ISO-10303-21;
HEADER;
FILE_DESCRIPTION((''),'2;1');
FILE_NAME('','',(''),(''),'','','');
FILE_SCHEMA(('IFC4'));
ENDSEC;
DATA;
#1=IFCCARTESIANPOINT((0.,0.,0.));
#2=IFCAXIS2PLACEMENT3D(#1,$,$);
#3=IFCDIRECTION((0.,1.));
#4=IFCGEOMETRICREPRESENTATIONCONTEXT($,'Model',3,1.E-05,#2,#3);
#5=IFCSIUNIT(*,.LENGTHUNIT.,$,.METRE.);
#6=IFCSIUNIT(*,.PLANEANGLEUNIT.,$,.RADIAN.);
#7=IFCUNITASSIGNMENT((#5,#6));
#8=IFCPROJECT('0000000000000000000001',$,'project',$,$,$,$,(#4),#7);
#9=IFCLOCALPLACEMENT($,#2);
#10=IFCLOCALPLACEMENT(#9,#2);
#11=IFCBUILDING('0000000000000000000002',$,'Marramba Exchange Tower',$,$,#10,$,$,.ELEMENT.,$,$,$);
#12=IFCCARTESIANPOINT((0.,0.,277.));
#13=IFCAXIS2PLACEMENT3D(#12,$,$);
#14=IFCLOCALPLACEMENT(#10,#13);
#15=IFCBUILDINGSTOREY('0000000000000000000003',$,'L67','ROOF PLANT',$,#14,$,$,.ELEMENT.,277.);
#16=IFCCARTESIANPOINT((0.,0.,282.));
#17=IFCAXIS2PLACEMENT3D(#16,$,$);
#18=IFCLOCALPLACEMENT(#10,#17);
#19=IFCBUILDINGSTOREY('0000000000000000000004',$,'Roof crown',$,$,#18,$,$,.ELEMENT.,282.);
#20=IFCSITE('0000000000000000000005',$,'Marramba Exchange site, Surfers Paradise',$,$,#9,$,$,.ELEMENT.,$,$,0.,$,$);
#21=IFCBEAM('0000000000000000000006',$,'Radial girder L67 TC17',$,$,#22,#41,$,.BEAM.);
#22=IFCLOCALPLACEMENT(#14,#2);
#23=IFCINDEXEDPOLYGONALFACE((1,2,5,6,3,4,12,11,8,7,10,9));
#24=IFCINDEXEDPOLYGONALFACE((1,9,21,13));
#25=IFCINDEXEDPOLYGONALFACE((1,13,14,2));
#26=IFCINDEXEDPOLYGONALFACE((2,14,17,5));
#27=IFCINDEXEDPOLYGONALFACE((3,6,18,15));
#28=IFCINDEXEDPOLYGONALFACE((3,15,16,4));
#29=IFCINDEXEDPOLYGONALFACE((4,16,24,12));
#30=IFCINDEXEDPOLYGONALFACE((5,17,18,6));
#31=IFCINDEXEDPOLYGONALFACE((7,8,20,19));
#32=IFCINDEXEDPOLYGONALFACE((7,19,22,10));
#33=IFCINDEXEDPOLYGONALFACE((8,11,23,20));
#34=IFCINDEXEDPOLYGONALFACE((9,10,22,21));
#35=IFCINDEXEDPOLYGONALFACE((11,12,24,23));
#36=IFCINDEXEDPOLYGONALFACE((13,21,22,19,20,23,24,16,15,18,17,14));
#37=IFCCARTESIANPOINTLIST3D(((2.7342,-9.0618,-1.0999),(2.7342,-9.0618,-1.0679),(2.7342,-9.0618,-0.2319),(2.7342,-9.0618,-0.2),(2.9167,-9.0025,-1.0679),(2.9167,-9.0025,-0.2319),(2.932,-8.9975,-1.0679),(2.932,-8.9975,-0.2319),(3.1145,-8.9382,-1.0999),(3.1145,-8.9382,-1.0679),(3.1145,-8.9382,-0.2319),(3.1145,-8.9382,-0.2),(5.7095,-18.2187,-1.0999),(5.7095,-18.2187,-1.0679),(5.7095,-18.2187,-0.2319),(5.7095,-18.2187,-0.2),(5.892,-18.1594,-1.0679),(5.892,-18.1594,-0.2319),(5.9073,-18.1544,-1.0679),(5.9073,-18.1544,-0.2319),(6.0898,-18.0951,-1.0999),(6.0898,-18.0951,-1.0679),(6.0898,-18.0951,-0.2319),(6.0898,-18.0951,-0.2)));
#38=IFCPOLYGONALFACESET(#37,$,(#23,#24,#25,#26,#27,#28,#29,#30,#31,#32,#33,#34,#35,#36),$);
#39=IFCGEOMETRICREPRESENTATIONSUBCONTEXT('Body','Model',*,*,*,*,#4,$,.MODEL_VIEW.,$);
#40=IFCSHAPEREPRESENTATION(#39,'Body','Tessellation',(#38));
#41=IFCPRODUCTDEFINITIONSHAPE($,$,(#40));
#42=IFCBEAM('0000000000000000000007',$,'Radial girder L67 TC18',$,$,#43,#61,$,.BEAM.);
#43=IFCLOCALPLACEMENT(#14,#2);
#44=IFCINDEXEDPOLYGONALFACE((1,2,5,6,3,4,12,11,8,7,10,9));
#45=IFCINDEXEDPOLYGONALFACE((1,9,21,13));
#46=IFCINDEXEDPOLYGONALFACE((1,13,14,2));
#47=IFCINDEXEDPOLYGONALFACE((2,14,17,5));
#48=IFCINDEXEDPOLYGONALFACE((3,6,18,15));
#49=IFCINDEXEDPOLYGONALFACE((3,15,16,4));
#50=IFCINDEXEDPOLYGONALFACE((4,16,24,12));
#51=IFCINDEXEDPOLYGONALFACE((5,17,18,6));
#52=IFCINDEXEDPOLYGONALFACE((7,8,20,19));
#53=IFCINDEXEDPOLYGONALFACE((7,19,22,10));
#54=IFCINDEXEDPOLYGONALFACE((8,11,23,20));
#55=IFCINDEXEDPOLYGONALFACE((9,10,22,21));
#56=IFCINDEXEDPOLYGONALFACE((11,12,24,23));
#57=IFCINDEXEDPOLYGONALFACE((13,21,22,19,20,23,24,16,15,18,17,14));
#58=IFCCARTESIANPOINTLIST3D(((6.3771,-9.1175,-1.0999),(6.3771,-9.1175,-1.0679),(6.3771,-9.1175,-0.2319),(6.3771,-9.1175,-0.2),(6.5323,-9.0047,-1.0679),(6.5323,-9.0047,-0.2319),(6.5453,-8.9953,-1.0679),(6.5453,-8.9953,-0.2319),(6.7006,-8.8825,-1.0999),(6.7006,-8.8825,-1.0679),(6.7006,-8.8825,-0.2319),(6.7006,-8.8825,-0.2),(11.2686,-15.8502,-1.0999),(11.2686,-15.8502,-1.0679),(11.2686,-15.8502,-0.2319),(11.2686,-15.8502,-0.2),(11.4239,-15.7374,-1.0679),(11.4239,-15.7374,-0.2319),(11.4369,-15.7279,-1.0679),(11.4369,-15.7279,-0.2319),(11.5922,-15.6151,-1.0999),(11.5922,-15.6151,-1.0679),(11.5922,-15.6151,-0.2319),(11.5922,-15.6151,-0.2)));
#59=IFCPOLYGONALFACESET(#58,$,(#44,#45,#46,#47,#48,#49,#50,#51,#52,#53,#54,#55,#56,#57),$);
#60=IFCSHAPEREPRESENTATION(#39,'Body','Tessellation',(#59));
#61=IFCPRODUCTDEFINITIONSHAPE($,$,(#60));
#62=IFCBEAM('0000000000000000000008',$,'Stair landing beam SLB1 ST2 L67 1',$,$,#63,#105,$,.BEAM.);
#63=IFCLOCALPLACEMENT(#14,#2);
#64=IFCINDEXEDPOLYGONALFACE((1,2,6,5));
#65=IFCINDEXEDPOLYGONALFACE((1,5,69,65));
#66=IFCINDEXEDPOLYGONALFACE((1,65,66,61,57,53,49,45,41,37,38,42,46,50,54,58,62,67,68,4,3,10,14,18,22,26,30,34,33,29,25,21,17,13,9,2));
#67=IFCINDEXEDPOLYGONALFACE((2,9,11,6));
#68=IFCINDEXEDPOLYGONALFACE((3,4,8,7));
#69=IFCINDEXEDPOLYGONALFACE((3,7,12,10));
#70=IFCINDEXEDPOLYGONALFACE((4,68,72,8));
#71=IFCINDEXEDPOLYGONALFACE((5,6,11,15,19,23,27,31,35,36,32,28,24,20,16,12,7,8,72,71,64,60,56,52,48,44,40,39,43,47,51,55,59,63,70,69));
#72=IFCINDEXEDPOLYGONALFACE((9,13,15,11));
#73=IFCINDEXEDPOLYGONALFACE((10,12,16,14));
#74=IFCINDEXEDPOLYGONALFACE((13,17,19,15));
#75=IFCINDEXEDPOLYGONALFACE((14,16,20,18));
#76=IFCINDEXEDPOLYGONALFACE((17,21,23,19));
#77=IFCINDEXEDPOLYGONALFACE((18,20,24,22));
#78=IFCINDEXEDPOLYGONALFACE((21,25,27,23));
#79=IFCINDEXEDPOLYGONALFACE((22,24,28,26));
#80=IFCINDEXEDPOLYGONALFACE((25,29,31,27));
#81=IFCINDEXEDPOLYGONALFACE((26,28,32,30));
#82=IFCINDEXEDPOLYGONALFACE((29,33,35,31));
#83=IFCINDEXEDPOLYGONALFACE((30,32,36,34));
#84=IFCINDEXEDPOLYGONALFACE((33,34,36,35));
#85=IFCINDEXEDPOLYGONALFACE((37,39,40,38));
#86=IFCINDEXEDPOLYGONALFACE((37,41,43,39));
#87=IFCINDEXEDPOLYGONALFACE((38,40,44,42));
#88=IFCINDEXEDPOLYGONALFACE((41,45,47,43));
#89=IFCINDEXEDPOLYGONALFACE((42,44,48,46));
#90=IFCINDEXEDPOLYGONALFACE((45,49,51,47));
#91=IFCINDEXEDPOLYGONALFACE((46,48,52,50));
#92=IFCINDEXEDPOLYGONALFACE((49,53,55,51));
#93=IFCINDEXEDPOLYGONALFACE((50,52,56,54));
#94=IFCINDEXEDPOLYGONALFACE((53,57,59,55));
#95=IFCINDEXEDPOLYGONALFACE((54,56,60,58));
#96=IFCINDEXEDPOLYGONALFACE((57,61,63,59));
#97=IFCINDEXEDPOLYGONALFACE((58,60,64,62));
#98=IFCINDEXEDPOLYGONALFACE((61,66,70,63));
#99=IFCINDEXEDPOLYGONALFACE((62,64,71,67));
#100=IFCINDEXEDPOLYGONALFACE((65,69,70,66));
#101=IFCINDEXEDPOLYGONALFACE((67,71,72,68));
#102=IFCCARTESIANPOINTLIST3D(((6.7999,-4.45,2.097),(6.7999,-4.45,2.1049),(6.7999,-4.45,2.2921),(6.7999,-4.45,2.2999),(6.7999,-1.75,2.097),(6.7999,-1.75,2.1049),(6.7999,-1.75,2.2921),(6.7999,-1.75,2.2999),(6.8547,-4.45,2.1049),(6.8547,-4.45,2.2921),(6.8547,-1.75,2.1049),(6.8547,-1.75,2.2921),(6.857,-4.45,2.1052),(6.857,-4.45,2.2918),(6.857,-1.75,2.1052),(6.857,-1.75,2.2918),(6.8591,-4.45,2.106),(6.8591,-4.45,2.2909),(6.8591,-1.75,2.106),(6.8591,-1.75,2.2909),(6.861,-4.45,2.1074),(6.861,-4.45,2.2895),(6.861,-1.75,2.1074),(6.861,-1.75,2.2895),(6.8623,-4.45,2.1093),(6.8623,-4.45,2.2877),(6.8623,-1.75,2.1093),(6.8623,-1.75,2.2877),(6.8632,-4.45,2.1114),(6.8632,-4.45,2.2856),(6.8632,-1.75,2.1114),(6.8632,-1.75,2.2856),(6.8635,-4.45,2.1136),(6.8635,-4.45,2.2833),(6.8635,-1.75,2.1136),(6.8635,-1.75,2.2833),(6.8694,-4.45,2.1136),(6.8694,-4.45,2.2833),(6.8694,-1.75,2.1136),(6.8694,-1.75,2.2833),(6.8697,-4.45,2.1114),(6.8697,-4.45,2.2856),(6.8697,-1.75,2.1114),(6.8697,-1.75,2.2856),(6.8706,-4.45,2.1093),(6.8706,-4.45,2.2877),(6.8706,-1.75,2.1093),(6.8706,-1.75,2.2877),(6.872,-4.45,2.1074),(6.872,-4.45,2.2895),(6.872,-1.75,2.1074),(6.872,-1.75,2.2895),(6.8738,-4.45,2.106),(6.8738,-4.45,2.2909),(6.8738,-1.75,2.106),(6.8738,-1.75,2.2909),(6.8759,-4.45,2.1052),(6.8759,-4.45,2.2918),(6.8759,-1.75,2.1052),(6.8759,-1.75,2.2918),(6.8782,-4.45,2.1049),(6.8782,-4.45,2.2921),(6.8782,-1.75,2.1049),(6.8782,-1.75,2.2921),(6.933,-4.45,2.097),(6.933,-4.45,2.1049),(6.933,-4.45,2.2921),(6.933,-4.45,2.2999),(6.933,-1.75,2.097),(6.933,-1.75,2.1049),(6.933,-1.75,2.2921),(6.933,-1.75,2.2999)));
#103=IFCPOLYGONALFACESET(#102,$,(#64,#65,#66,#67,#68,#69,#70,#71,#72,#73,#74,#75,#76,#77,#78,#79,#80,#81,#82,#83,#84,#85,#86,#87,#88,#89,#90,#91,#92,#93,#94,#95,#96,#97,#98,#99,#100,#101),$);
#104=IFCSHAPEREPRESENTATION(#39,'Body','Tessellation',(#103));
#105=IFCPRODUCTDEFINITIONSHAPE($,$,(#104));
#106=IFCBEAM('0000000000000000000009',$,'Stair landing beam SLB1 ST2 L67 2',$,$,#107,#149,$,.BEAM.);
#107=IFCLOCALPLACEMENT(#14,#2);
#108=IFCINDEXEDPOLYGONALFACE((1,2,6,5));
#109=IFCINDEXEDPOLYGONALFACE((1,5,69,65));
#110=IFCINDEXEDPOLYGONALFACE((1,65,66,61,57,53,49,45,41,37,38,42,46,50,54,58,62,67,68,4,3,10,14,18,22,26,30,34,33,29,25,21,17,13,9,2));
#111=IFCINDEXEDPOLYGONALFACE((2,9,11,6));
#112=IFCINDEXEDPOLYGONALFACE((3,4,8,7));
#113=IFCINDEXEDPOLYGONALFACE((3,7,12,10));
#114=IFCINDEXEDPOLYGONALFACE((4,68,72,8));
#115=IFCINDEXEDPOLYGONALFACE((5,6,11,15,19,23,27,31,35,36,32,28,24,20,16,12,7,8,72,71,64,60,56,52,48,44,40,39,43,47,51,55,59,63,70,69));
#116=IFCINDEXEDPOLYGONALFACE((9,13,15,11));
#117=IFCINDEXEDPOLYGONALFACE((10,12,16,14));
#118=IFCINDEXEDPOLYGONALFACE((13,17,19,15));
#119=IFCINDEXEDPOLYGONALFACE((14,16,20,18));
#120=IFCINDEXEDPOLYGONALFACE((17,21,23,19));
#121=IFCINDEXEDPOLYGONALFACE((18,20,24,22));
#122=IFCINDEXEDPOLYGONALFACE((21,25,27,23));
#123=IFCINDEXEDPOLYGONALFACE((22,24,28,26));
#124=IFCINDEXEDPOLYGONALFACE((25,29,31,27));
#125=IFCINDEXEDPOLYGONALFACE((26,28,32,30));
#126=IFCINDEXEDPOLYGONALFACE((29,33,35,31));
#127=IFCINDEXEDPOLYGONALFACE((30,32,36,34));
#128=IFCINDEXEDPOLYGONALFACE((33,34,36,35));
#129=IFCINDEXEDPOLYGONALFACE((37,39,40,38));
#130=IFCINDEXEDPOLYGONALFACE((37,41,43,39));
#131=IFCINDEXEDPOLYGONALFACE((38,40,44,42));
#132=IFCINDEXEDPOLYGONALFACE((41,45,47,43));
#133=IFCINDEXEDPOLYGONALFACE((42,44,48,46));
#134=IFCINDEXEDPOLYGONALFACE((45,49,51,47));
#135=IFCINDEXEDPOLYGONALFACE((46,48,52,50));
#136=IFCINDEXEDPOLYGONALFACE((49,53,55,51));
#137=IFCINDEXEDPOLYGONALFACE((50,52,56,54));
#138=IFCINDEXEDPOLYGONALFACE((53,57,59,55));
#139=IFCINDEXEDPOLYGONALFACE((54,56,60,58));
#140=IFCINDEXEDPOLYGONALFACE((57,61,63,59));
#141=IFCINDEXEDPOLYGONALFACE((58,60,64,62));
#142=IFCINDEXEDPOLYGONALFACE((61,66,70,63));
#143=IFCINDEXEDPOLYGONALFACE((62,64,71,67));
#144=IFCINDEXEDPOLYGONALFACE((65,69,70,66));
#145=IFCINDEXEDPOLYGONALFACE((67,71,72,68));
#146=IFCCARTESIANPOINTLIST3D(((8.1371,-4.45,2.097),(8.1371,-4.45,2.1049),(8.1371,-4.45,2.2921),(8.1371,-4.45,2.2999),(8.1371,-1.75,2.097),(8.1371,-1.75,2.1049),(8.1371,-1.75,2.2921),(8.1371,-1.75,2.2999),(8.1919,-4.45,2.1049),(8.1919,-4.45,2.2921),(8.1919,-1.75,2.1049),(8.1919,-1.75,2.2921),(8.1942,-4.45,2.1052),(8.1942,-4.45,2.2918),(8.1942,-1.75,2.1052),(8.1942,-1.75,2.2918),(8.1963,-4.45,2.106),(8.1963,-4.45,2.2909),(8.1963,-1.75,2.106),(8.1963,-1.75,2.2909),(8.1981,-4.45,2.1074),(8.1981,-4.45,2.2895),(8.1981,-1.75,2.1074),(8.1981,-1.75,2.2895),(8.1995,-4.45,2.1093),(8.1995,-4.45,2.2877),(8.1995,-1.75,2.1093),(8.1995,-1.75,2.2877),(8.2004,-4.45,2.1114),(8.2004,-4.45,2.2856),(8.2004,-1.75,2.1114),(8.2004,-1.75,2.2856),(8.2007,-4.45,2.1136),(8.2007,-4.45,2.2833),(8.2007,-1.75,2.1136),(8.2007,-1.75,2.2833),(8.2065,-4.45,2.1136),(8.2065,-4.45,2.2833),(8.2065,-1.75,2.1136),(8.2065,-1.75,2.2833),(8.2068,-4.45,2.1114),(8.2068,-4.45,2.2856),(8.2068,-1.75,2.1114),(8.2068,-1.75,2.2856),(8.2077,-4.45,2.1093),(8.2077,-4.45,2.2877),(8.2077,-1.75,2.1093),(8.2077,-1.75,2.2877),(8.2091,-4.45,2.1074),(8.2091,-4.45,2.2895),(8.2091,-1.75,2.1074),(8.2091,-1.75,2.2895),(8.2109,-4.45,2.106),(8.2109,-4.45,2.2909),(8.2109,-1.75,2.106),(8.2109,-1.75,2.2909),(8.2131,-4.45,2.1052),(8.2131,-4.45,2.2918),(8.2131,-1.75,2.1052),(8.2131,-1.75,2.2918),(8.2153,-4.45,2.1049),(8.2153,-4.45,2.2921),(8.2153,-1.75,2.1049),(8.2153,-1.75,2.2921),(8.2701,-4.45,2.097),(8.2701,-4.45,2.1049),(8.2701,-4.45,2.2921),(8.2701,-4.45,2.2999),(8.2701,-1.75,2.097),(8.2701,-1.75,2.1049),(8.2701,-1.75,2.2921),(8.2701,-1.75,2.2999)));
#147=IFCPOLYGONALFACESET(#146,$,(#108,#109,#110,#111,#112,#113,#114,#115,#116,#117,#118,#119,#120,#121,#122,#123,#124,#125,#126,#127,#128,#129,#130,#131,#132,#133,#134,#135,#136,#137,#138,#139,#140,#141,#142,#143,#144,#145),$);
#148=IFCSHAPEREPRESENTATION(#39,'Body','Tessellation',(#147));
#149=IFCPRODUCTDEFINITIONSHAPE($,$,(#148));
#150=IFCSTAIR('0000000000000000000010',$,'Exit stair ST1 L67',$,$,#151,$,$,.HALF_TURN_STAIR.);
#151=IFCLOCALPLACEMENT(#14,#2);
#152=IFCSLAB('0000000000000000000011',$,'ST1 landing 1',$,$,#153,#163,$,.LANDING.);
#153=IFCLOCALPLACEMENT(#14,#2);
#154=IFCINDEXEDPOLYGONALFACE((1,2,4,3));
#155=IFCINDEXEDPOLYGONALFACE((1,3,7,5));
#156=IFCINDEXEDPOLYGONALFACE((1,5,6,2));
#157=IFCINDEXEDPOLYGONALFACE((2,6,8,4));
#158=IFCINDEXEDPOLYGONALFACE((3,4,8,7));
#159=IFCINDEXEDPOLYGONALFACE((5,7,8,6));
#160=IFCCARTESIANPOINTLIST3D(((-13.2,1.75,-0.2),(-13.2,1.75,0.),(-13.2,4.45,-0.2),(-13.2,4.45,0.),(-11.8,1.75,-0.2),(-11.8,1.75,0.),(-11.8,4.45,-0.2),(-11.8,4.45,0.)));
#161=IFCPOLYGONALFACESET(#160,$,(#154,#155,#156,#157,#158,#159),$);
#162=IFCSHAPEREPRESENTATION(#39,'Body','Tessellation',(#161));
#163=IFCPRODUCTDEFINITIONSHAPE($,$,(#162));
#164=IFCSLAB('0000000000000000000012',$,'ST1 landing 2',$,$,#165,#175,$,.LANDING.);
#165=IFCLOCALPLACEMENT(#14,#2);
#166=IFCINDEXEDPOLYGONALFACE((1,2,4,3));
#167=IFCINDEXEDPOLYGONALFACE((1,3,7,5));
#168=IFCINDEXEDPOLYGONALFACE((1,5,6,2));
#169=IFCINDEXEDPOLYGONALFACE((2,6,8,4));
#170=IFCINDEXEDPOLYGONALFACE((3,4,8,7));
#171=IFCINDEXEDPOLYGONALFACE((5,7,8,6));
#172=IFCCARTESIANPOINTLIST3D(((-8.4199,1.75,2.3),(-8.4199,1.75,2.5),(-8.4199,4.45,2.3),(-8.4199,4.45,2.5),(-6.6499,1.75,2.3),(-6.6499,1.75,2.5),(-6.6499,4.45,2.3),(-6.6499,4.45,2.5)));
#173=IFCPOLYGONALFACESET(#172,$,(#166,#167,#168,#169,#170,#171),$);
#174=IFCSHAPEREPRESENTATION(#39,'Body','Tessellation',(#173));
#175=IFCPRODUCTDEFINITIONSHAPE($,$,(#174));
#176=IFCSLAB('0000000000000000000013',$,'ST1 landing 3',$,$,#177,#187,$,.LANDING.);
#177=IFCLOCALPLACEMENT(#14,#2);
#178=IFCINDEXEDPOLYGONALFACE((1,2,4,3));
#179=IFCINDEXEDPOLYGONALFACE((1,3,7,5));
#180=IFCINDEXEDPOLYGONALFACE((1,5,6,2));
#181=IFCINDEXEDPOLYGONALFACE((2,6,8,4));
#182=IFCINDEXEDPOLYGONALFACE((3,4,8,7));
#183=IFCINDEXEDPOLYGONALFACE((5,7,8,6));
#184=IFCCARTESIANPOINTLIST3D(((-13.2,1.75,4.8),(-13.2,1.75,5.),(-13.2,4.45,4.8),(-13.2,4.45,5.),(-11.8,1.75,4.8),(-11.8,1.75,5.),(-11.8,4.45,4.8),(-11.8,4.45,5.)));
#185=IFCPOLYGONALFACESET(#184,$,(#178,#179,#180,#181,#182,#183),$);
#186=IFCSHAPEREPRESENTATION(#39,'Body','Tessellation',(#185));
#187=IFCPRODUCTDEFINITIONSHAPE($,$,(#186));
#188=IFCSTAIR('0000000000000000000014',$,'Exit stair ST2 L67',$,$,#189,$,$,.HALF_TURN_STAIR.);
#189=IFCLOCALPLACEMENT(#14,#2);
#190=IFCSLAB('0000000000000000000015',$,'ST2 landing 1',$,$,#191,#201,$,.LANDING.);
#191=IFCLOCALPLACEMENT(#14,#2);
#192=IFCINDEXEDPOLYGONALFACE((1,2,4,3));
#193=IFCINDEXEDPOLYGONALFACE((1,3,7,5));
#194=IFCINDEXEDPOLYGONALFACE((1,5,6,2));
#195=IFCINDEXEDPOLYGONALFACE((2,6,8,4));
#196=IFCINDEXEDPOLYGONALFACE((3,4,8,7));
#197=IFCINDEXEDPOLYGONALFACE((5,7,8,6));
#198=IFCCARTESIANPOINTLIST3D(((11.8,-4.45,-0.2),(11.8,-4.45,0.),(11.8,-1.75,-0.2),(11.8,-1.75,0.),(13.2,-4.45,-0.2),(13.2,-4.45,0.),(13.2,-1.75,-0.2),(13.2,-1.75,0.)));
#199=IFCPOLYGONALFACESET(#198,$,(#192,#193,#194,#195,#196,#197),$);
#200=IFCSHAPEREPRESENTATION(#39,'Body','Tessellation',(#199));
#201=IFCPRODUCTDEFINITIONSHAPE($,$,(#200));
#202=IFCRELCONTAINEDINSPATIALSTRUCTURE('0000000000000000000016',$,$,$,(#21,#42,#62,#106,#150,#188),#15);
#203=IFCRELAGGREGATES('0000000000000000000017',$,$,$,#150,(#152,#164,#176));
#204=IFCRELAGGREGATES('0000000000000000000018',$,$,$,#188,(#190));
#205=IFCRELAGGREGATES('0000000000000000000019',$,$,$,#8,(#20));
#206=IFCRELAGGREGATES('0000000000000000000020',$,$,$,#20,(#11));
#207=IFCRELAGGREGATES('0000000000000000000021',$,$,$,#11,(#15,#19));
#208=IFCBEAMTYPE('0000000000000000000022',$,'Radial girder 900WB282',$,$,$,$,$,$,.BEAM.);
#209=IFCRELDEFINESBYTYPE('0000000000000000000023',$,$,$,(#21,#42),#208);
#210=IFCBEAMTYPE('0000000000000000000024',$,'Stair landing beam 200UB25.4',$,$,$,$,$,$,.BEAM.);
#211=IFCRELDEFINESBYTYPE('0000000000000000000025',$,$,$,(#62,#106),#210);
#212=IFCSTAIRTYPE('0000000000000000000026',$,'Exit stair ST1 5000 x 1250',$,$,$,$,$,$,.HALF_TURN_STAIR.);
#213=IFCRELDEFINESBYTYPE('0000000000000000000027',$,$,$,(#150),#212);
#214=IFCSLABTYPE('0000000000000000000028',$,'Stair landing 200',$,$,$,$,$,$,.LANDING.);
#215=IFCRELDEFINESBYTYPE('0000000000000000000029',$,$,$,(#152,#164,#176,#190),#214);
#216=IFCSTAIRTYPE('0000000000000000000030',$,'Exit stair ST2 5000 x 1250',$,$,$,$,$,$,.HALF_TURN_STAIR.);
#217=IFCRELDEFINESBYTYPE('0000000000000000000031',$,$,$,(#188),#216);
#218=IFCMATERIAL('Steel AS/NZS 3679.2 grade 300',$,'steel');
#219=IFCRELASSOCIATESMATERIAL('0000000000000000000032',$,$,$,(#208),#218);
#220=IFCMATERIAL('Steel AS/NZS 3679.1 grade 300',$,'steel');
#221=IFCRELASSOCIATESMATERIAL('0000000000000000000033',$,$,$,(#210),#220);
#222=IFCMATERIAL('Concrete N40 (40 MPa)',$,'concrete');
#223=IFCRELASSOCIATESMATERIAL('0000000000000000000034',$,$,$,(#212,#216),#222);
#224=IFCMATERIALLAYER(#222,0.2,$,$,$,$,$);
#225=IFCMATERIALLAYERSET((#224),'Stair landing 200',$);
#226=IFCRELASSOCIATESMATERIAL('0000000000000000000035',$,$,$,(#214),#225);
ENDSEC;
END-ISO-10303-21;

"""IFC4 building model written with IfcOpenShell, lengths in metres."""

from ifc_helpers import new_model, si_unit, direction, frame, origin, origin_2d, place, context, subcontext, project, spatial, polyline, i_section, outline, extrude, material, layer, layer_set, material_profile, profile_set, type_object, element, aggregate, save


model = new_model("IFC4")

# Units and contexts
model_context = context("Model", 3, precision=1e-05, world=origin(), true_north=direction((0.0, 1.0)))
body_context = subcontext(model_context, "Body", "Model", "MODEL_VIEW")
ifc_project = project(units=[si_unit("LENGTHUNIT", "METRE"), si_unit("PLANEANGLEUNIT", "RADIAN")], contexts=[model_context])

# Site, building, storey
site_placement = place(None, origin())
site = spatial("IfcSite", under=ifc_project, at=site_placement, Name="Marramba Exchange site, Surfers Paradise", CompositionType="ELEMENT", RefElevation=0.0)
building_placement = place(site_placement, origin())
building = spatial("IfcBuilding", under=site, at=building_placement, Name="Marramba Exchange Tower", CompositionType="ELEMENT")
storey_1_placement = place(building_placement, frame((0.0, 0.0, 277.0)))
storey_1 = spatial("IfcBuildingStorey", under=building, at=storey_1_placement, Name="L67", Description="ROOF PLANT", CompositionType="ELEMENT", Elevation=277.0)

# Beams
ifc_material_1 = material(Name="Steel AS/NZS 3679.1 grade 300", Category="steel")
ifc_material_2 = material(Name="Steel AS/NZS 3679.2 grade 300", Category="steel")
ifc_material_profile_1 = material_profile(ifc_material_2, i_section(OverallWidth=0.3999, OverallDepth=0.8999, WebThickness=0.0161, FlangeThickness=0.032, at=origin_2d()), Name="900WB282")
ifc_profile_set_1 = profile_set([ifc_material_profile_1], Name="Steel AS/NZS 3679.2 grade 300")
beam_type_1 = type_object("IfcBeamType", Name="Radial girder 900WB282", PredefinedType="BEAM", material=ifc_profile_set_1)
beam_1_placement = place(storey_1_placement, frame((2.9243, -9.0, -0.6499), z_axis=(0.309022, -0.951055, 0.0), x_axis=(0.951055, 0.309022, 0.0)))
element("IfcBeam", 1, at=beam_1_placement, inside=storey_1, type_object=beam_type_1, Name="Radial girder L67 TC17", PredefinedType="BEAM", context=body_context, shape_type="SweptSolid", body=[
    extrude(i_section(OverallWidth=0.3999, OverallDepth=0.8999, WebThickness=0.0161, FlangeThickness=0.032, at=origin_2d()), origin(), (0.0, 0.0, 1.0), 9.6282),
])
beam_2_placement = place(storey_1_placement, frame((6.5388, -9.0, -0.6499), z_axis=(0.587788, -0.809015, 0.0), x_axis=(0.809015, 0.587788, 0.0)))
element("IfcBeam", 2, at=beam_2_placement, inside=storey_1, type_object=beam_type_1, Name="Radial girder L67 TC18", PredefinedType="BEAM", context=body_context, shape_type="SweptSolid", body=[
    extrude(i_section(OverallWidth=0.3999, OverallDepth=0.8999, WebThickness=0.0161, FlangeThickness=0.032, at=origin_2d()), origin(), (0.0, 0.0, 1.0), 8.322),
])
ifc_material_profile_2 = material_profile(ifc_material_1, i_section(OverallWidth=0.1331, OverallDepth=0.2029, WebThickness=0.0059, FlangeThickness=0.0078, FilletRadius=0.0088, at=origin_2d()), Name="200UB25.4")
ifc_profile_set_2 = profile_set([ifc_material_profile_2], Name="Steel AS/NZS 3679.1 grade 300")
beam_type_2 = type_object("IfcBeamType", Name="Stair landing beam 200UB25.4", PredefinedType="BEAM", material=ifc_profile_set_2)
for number, where, z_axis, x_axis, name in (
    (3, (6.8665, -4.45, 2.1985), (0.0, 1.0, 0.0), (-1.0, 0.0, 0.0), "Stair landing beam SLB1 ST2 L67 1"),
    (4, (8.2036, -4.45, 2.1985), (0.0, 1.0, 0.0), (-1.0, 0.0, 0.0), "Stair landing beam SLB1 ST2 L67 2"),
):
    element("IfcBeam", number, at=place(storey_1_placement, frame(where, z_axis=z_axis, x_axis=x_axis)), inside=storey_1, type_object=beam_type_2, Name=name, PredefinedType="BEAM", context=body_context, shape_type="SweptSolid", body=[
        extrude(i_section(OverallWidth=0.1331, OverallDepth=0.2029, WebThickness=0.0059, FlangeThickness=0.0078, FilletRadius=0.0088, at=origin_2d()), origin(), (0.0, 0.0, 1.0), 2.7),
    ])

# Stairs, slabs
ifc_material_3 = material(Name="Concrete N40 (40 MPa)", Category="concrete")
stair_type_1 = type_object("IfcStairType", Name="Exit stair ST1 5000 x 1250", PredefinedType="HALF_TURN_STAIR", material=ifc_material_3)
stair_1_placement = place(storey_1_placement, origin())
stair_1 = element("IfcStair", 5, at=stair_1_placement, inside=storey_1, type_object=stair_type_1, Name="Exit stair ST1 L67", PredefinedType="HALF_TURN_STAIR")
ifc_layer_1 = layer(ifc_material_3, 0.2)
ifc_layer_set_1 = layer_set([ifc_layer_1], Name="Stair landing 200")
slab_type = type_object("IfcSlabType", Name="Stair landing 200", PredefinedType="LANDING", material=ifc_layer_set_1)
slab_1_placement = place(storey_1_placement, frame((0.0, 0.0, -0.2)))
slab_1 = element("IfcSlab", 6, at=slab_1_placement, type_object=slab_type, Name="ST1 landing 1", PredefinedType="LANDING", context=body_context, shape_type="SweptSolid", body=[
    extrude(outline(polyline([(-13.2, 1.75), (-11.8, 1.75), (-11.8, 4.45), (-13.2, 4.45), (-13.2, 1.75)])), origin(), (0.0, 0.0, 1.0), 0.2),
])
slab_2_placement = place(storey_1_placement, frame((0.0, 0.0, 2.3)))
slab_2 = element("IfcSlab", 7, at=slab_2_placement, type_object=slab_type, Name="ST1 landing 2", PredefinedType="LANDING", context=body_context, shape_type="SweptSolid", body=[
    extrude(outline(polyline([(-8.4199, 1.75), (-6.6499, 1.75), (-6.6499, 4.45), (-8.4199, 4.45), (-8.4199, 1.75)])), origin(), (0.0, 0.0, 1.0), 0.2),
])
slab_3_placement = place(storey_1_placement, frame((0.0, 0.0, 4.8)))
slab_3 = element("IfcSlab", 8, at=slab_3_placement, type_object=slab_type, Name="ST1 landing 3", PredefinedType="LANDING", context=body_context, shape_type="SweptSolid", body=[
    extrude(outline(polyline([(-13.2, 1.75), (-11.8, 1.75), (-11.8, 4.45), (-13.2, 4.45), (-13.2, 1.75)])), origin(), (0.0, 0.0, 1.0), 0.2),
])
aggregate(stair_1, [slab_1, slab_2, slab_3])
stair_type_2 = type_object("IfcStairType", Name="Exit stair ST2 5000 x 1250", PredefinedType="HALF_TURN_STAIR", material=ifc_material_3)
stair_2_placement = place(storey_1_placement, origin())
stair_2 = element("IfcStair", 9, at=stair_2_placement, inside=storey_1, type_object=stair_type_2, Name="Exit stair ST2 L67", PredefinedType="HALF_TURN_STAIR")
slab_4_placement = place(storey_1_placement, frame((0.0, 0.0, -0.2)))
slab_4 = element("IfcSlab", 10, at=slab_4_placement, type_object=slab_type, Name="ST2 landing 1", PredefinedType="LANDING", context=body_context, shape_type="SweptSolid", body=[
    extrude(outline(polyline([(11.8, -4.45), (13.2, -4.45), (13.2, -1.75), (11.8, -1.75), (11.8, -4.45)])), origin(), (0.0, 0.0, 1.0), 0.2),
])

# Shared definitions
storey_2_placement = place(building_placement, frame((0.0, 0.0, 282.0)))
storey_2 = spatial("IfcBuildingStorey", under=building, at=storey_2_placement, Name="Roof crown", CompositionType="ELEMENT", Elevation=282.0)

aggregate(stair_2, [slab_4])

save(model, "model.ifc")
